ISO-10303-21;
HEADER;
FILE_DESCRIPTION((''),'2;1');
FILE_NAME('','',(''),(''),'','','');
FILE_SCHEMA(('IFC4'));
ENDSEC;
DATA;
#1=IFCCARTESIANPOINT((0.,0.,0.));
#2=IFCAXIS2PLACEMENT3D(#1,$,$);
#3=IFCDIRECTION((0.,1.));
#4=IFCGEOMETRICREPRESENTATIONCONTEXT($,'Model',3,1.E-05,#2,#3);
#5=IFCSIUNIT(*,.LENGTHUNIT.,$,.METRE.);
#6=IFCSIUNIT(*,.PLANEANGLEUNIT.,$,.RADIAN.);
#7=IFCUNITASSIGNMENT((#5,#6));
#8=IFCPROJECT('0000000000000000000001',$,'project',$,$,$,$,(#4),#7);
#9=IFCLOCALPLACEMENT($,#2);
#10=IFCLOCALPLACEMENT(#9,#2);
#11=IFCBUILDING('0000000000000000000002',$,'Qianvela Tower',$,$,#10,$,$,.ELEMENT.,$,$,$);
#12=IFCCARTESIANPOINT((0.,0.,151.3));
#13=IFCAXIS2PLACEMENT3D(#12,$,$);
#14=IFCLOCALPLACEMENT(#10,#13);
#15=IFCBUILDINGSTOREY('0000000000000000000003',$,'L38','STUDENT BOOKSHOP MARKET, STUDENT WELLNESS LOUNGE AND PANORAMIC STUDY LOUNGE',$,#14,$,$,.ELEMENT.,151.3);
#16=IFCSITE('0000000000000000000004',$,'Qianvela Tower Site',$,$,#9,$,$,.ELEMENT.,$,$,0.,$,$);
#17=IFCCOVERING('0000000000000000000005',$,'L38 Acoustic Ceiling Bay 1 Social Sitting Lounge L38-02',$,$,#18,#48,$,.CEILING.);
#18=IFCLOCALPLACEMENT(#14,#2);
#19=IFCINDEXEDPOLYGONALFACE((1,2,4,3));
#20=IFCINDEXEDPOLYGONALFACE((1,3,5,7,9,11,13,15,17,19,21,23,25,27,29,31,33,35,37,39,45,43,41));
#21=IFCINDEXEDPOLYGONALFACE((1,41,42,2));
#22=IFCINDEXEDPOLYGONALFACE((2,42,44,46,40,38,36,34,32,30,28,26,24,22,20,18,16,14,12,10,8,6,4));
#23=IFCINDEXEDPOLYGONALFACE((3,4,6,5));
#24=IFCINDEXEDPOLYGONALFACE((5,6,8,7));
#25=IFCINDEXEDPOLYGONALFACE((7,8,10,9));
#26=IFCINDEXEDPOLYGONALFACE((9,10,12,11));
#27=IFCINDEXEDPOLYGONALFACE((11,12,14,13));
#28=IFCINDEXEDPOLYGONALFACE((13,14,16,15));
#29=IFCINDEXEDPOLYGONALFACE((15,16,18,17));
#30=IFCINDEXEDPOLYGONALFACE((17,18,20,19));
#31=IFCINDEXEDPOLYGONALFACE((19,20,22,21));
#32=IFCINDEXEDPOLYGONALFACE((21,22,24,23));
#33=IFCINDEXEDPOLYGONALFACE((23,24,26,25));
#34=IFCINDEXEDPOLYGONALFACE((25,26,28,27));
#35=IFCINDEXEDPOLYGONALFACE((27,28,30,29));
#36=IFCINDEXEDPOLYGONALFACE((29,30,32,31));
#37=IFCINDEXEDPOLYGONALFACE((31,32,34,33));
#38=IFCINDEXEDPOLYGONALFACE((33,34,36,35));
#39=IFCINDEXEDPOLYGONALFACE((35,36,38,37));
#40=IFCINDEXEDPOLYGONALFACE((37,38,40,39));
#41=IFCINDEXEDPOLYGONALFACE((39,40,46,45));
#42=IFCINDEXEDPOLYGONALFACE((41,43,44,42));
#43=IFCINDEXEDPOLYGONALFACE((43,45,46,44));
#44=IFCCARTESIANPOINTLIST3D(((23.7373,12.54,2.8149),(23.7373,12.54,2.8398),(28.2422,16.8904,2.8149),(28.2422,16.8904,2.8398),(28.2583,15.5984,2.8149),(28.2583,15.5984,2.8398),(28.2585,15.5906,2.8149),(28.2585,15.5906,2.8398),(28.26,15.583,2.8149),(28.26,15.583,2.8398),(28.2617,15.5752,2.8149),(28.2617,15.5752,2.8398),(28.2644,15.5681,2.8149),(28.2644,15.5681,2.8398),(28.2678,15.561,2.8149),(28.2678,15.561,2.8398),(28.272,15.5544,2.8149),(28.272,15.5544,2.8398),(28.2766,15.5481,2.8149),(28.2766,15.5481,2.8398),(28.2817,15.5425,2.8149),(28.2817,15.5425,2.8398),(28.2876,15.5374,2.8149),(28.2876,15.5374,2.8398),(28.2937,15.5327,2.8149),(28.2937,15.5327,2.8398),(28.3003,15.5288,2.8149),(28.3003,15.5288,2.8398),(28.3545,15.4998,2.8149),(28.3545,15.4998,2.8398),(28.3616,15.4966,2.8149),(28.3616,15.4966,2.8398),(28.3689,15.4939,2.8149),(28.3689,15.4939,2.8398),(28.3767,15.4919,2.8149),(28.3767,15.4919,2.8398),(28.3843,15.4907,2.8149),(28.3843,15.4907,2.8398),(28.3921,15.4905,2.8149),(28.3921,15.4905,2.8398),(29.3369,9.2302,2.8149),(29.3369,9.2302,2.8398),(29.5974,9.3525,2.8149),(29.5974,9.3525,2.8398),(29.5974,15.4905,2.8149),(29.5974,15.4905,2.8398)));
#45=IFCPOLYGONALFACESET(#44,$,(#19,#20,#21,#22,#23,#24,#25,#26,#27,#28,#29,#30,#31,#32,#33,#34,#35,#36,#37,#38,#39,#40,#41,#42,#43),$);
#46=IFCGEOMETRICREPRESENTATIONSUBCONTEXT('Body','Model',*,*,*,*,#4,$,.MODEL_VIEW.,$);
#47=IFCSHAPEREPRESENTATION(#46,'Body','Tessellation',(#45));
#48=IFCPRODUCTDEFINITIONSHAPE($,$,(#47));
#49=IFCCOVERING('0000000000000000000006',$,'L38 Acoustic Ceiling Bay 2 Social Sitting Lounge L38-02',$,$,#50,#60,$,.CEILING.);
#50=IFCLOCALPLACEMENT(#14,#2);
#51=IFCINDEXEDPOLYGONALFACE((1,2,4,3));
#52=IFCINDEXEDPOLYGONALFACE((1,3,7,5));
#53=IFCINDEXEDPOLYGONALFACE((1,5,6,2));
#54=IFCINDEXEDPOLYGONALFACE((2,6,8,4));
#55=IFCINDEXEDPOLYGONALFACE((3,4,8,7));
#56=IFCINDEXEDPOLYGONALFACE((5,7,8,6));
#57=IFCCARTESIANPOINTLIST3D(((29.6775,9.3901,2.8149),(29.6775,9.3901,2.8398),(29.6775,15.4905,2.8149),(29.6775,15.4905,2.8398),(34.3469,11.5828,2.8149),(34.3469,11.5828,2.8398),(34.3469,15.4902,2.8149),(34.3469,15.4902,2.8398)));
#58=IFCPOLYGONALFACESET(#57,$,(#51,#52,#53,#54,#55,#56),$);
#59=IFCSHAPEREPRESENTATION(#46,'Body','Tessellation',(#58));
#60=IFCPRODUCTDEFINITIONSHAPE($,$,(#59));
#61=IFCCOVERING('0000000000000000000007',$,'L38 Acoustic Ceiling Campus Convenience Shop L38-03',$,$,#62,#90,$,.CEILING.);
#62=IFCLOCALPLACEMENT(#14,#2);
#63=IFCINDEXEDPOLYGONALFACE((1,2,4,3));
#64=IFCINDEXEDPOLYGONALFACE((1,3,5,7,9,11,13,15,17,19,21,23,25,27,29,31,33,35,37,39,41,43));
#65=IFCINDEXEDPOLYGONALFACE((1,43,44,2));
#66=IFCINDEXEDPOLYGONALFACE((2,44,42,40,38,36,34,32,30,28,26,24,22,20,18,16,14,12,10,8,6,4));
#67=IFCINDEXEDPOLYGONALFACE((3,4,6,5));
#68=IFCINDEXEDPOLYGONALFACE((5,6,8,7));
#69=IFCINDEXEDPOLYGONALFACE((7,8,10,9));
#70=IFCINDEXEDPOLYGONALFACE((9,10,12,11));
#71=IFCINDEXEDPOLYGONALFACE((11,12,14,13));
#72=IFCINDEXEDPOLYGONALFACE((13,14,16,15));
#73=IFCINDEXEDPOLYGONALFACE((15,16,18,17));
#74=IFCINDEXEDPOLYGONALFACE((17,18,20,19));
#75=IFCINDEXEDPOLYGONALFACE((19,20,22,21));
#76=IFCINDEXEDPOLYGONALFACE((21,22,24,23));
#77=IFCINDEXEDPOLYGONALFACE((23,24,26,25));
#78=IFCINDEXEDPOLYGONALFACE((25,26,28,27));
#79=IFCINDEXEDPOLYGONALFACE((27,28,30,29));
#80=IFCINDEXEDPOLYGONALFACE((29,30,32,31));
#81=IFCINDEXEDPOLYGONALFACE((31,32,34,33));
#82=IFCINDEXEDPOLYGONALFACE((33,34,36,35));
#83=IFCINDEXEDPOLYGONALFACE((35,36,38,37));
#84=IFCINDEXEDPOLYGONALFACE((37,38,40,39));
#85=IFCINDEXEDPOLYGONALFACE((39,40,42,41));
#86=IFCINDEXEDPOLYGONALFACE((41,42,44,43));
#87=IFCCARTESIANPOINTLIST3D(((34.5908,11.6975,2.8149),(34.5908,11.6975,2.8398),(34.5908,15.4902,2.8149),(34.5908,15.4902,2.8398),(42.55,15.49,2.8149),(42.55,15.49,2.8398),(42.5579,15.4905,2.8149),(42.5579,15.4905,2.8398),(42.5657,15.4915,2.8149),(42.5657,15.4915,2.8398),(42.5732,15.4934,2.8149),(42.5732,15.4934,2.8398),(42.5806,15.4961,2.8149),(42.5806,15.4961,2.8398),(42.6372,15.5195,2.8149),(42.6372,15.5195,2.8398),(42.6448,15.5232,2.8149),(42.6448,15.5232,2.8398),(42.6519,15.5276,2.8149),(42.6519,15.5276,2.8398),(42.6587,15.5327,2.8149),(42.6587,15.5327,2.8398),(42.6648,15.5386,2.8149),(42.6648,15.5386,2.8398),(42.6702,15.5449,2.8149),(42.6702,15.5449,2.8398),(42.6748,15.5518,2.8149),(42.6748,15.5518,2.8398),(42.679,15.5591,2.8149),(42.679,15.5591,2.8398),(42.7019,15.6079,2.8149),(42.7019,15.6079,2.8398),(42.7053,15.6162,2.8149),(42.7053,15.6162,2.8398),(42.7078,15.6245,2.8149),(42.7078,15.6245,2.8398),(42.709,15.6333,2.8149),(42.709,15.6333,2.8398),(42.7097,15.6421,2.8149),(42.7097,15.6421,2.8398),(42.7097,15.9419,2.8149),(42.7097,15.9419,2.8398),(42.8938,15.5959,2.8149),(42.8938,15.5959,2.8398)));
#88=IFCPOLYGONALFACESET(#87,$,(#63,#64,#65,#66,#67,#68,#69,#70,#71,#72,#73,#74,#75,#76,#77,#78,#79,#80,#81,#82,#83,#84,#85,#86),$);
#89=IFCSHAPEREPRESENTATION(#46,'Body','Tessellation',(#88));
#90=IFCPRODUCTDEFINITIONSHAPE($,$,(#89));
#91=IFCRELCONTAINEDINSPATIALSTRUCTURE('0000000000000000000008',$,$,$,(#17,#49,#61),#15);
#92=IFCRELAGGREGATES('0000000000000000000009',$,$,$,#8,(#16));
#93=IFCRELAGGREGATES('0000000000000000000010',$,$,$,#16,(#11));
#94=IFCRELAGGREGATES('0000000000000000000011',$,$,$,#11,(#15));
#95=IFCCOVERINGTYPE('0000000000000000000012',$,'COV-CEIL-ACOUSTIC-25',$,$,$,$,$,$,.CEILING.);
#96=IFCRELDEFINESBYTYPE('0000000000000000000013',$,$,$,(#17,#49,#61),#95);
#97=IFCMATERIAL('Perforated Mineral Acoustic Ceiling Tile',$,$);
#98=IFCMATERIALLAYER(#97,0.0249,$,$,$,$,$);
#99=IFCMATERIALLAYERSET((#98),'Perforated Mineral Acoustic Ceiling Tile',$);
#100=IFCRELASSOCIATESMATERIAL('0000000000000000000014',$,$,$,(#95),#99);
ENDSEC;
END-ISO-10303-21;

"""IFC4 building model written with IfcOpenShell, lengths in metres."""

from ifc_helpers import new_model, si_unit, direction, frame, origin, place, context, subcontext, project, spatial, polyline, outline, extrude, material, layer, layer_set, type_object, element, save


model = new_model("IFC4")

# Units and contexts
model_context = context("Model", 3, precision=1e-05, world=origin(), true_north=direction((0.0, 1.0)))
body_context = subcontext(model_context, "Body", "Model", "MODEL_VIEW")
ifc_project = project(units=[si_unit("LENGTHUNIT", "METRE"), si_unit("PLANEANGLEUNIT", "RADIAN")], contexts=[model_context])

# Site, building, storey
site_placement = place(None, origin())
site = spatial("IfcSite", under=ifc_project, at=site_placement, Name="Qianvela Tower Site", CompositionType="ELEMENT", RefElevation=0.0)
building_placement = place(site_placement, origin())
building = spatial("IfcBuilding", under=site, at=building_placement, Name="Qianvela Tower", CompositionType="ELEMENT")
storey_placement = place(building_placement, frame((0.0, 0.0, 151.3)))
storey = spatial("IfcBuildingStorey", under=building, at=storey_placement, Name="L38", Description="STUDENT BOOKSHOP MARKET, STUDENT WELLNESS LOUNGE AND PANORAMIC STUDY LOUNGE", CompositionType="ELEMENT", Elevation=151.3)

# Coverings
ifc_material_1 = material(Name="Perforated Mineral Acoustic Ceiling Tile")
ifc_layer_1 = layer(ifc_material_1, 0.0249)
ifc_layer_set_1 = layer_set([ifc_layer_1], Name="Perforated Mineral Acoustic Ceiling Tile")
covering_type_1 = type_object("IfcCoveringType", Name="COV-CEIL-ACOUSTIC-25", PredefinedType="CEILING", material=ifc_layer_set_1)
covering_1_placement = place(storey_placement, frame((0.0, 0.0, 2.8149)))
element("IfcCovering", 1, at=covering_1_placement, inside=storey, type_object=covering_type_1, Name="L38 Acoustic Ceiling Bay 1 Social Sitting Lounge L38-02", PredefinedType="CEILING", context=body_context, shape_type="SweptSolid", body=[
    extrude(outline(polyline([(28.2583, 15.5984), (28.2585, 15.5906), (28.26, 15.583), (28.2617, 15.5752), (28.2644, 15.5681), (28.2678, 15.561), (28.272, 15.5544), (28.2766, 15.5481), (28.2817, 15.5425), (28.2876, 15.5374), (28.2937, 15.5327), (28.3003, 15.5288), (28.3545, 15.4998), (28.3616, 15.4966), (28.3689, 15.4939), (28.3767, 15.4919), (28.3843, 15.4907), (28.3921, 15.4905), (29.5974, 15.4905), (29.5974, 9.3525), (29.3369, 9.2302), (23.7373, 12.54), (28.2422, 16.8904), (28.2583, 15.5984)])), origin(), (0.0, 0.0, 1.0), 0.0249),
])
covering_2_placement = place(storey_placement, frame((0.0, 0.0, 2.8149)))
element("IfcCovering", 2, at=covering_2_placement, inside=storey, type_object=covering_type_1, Name="L38 Acoustic Ceiling Bay 2 Social Sitting Lounge L38-02", PredefinedType="CEILING", context=body_context, shape_type="SweptSolid", body=[
    extrude(outline(polyline([(34.3469, 15.4902), (34.3469, 11.5828), (29.6775, 9.3901), (29.6775, 15.4905), (34.3469, 15.4902)])), origin(), (0.0, 0.0, 1.0), 0.0249),
])
covering_3_placement = place(storey_placement, frame((0.0, 0.0, 2.8149)))
element("IfcCovering", 3, at=covering_3_placement, inside=storey, type_object=covering_type_1, Name="L38 Acoustic Ceiling Campus Convenience Shop L38-03", PredefinedType="CEILING", context=body_context, shape_type="SweptSolid", body=[
    extrude(outline(polyline([(42.6372, 15.5195), (42.6448, 15.5232), (42.6519, 15.5276), (42.6587, 15.5327), (42.6648, 15.5386), (42.6702, 15.5449), (42.6748, 15.5518), (42.679, 15.5591), (42.7019, 15.6079), (42.7053, 15.6162), (42.7078, 15.6245), (42.709, 15.6333), (42.7097, 15.6421), (42.7097, 15.9419), (42.8938, 15.5959), (34.5908, 11.6975), (34.5908, 15.4902), (42.55, 15.49), (42.5579, 15.4905), (42.5657, 15.4915), (42.5732, 15.4934), (42.5806, 15.4961), (42.6372, 15.5195)])), origin(), (0.0, 0.0, 1.0), 0.0249),
])

save(model, "model.ifc")
